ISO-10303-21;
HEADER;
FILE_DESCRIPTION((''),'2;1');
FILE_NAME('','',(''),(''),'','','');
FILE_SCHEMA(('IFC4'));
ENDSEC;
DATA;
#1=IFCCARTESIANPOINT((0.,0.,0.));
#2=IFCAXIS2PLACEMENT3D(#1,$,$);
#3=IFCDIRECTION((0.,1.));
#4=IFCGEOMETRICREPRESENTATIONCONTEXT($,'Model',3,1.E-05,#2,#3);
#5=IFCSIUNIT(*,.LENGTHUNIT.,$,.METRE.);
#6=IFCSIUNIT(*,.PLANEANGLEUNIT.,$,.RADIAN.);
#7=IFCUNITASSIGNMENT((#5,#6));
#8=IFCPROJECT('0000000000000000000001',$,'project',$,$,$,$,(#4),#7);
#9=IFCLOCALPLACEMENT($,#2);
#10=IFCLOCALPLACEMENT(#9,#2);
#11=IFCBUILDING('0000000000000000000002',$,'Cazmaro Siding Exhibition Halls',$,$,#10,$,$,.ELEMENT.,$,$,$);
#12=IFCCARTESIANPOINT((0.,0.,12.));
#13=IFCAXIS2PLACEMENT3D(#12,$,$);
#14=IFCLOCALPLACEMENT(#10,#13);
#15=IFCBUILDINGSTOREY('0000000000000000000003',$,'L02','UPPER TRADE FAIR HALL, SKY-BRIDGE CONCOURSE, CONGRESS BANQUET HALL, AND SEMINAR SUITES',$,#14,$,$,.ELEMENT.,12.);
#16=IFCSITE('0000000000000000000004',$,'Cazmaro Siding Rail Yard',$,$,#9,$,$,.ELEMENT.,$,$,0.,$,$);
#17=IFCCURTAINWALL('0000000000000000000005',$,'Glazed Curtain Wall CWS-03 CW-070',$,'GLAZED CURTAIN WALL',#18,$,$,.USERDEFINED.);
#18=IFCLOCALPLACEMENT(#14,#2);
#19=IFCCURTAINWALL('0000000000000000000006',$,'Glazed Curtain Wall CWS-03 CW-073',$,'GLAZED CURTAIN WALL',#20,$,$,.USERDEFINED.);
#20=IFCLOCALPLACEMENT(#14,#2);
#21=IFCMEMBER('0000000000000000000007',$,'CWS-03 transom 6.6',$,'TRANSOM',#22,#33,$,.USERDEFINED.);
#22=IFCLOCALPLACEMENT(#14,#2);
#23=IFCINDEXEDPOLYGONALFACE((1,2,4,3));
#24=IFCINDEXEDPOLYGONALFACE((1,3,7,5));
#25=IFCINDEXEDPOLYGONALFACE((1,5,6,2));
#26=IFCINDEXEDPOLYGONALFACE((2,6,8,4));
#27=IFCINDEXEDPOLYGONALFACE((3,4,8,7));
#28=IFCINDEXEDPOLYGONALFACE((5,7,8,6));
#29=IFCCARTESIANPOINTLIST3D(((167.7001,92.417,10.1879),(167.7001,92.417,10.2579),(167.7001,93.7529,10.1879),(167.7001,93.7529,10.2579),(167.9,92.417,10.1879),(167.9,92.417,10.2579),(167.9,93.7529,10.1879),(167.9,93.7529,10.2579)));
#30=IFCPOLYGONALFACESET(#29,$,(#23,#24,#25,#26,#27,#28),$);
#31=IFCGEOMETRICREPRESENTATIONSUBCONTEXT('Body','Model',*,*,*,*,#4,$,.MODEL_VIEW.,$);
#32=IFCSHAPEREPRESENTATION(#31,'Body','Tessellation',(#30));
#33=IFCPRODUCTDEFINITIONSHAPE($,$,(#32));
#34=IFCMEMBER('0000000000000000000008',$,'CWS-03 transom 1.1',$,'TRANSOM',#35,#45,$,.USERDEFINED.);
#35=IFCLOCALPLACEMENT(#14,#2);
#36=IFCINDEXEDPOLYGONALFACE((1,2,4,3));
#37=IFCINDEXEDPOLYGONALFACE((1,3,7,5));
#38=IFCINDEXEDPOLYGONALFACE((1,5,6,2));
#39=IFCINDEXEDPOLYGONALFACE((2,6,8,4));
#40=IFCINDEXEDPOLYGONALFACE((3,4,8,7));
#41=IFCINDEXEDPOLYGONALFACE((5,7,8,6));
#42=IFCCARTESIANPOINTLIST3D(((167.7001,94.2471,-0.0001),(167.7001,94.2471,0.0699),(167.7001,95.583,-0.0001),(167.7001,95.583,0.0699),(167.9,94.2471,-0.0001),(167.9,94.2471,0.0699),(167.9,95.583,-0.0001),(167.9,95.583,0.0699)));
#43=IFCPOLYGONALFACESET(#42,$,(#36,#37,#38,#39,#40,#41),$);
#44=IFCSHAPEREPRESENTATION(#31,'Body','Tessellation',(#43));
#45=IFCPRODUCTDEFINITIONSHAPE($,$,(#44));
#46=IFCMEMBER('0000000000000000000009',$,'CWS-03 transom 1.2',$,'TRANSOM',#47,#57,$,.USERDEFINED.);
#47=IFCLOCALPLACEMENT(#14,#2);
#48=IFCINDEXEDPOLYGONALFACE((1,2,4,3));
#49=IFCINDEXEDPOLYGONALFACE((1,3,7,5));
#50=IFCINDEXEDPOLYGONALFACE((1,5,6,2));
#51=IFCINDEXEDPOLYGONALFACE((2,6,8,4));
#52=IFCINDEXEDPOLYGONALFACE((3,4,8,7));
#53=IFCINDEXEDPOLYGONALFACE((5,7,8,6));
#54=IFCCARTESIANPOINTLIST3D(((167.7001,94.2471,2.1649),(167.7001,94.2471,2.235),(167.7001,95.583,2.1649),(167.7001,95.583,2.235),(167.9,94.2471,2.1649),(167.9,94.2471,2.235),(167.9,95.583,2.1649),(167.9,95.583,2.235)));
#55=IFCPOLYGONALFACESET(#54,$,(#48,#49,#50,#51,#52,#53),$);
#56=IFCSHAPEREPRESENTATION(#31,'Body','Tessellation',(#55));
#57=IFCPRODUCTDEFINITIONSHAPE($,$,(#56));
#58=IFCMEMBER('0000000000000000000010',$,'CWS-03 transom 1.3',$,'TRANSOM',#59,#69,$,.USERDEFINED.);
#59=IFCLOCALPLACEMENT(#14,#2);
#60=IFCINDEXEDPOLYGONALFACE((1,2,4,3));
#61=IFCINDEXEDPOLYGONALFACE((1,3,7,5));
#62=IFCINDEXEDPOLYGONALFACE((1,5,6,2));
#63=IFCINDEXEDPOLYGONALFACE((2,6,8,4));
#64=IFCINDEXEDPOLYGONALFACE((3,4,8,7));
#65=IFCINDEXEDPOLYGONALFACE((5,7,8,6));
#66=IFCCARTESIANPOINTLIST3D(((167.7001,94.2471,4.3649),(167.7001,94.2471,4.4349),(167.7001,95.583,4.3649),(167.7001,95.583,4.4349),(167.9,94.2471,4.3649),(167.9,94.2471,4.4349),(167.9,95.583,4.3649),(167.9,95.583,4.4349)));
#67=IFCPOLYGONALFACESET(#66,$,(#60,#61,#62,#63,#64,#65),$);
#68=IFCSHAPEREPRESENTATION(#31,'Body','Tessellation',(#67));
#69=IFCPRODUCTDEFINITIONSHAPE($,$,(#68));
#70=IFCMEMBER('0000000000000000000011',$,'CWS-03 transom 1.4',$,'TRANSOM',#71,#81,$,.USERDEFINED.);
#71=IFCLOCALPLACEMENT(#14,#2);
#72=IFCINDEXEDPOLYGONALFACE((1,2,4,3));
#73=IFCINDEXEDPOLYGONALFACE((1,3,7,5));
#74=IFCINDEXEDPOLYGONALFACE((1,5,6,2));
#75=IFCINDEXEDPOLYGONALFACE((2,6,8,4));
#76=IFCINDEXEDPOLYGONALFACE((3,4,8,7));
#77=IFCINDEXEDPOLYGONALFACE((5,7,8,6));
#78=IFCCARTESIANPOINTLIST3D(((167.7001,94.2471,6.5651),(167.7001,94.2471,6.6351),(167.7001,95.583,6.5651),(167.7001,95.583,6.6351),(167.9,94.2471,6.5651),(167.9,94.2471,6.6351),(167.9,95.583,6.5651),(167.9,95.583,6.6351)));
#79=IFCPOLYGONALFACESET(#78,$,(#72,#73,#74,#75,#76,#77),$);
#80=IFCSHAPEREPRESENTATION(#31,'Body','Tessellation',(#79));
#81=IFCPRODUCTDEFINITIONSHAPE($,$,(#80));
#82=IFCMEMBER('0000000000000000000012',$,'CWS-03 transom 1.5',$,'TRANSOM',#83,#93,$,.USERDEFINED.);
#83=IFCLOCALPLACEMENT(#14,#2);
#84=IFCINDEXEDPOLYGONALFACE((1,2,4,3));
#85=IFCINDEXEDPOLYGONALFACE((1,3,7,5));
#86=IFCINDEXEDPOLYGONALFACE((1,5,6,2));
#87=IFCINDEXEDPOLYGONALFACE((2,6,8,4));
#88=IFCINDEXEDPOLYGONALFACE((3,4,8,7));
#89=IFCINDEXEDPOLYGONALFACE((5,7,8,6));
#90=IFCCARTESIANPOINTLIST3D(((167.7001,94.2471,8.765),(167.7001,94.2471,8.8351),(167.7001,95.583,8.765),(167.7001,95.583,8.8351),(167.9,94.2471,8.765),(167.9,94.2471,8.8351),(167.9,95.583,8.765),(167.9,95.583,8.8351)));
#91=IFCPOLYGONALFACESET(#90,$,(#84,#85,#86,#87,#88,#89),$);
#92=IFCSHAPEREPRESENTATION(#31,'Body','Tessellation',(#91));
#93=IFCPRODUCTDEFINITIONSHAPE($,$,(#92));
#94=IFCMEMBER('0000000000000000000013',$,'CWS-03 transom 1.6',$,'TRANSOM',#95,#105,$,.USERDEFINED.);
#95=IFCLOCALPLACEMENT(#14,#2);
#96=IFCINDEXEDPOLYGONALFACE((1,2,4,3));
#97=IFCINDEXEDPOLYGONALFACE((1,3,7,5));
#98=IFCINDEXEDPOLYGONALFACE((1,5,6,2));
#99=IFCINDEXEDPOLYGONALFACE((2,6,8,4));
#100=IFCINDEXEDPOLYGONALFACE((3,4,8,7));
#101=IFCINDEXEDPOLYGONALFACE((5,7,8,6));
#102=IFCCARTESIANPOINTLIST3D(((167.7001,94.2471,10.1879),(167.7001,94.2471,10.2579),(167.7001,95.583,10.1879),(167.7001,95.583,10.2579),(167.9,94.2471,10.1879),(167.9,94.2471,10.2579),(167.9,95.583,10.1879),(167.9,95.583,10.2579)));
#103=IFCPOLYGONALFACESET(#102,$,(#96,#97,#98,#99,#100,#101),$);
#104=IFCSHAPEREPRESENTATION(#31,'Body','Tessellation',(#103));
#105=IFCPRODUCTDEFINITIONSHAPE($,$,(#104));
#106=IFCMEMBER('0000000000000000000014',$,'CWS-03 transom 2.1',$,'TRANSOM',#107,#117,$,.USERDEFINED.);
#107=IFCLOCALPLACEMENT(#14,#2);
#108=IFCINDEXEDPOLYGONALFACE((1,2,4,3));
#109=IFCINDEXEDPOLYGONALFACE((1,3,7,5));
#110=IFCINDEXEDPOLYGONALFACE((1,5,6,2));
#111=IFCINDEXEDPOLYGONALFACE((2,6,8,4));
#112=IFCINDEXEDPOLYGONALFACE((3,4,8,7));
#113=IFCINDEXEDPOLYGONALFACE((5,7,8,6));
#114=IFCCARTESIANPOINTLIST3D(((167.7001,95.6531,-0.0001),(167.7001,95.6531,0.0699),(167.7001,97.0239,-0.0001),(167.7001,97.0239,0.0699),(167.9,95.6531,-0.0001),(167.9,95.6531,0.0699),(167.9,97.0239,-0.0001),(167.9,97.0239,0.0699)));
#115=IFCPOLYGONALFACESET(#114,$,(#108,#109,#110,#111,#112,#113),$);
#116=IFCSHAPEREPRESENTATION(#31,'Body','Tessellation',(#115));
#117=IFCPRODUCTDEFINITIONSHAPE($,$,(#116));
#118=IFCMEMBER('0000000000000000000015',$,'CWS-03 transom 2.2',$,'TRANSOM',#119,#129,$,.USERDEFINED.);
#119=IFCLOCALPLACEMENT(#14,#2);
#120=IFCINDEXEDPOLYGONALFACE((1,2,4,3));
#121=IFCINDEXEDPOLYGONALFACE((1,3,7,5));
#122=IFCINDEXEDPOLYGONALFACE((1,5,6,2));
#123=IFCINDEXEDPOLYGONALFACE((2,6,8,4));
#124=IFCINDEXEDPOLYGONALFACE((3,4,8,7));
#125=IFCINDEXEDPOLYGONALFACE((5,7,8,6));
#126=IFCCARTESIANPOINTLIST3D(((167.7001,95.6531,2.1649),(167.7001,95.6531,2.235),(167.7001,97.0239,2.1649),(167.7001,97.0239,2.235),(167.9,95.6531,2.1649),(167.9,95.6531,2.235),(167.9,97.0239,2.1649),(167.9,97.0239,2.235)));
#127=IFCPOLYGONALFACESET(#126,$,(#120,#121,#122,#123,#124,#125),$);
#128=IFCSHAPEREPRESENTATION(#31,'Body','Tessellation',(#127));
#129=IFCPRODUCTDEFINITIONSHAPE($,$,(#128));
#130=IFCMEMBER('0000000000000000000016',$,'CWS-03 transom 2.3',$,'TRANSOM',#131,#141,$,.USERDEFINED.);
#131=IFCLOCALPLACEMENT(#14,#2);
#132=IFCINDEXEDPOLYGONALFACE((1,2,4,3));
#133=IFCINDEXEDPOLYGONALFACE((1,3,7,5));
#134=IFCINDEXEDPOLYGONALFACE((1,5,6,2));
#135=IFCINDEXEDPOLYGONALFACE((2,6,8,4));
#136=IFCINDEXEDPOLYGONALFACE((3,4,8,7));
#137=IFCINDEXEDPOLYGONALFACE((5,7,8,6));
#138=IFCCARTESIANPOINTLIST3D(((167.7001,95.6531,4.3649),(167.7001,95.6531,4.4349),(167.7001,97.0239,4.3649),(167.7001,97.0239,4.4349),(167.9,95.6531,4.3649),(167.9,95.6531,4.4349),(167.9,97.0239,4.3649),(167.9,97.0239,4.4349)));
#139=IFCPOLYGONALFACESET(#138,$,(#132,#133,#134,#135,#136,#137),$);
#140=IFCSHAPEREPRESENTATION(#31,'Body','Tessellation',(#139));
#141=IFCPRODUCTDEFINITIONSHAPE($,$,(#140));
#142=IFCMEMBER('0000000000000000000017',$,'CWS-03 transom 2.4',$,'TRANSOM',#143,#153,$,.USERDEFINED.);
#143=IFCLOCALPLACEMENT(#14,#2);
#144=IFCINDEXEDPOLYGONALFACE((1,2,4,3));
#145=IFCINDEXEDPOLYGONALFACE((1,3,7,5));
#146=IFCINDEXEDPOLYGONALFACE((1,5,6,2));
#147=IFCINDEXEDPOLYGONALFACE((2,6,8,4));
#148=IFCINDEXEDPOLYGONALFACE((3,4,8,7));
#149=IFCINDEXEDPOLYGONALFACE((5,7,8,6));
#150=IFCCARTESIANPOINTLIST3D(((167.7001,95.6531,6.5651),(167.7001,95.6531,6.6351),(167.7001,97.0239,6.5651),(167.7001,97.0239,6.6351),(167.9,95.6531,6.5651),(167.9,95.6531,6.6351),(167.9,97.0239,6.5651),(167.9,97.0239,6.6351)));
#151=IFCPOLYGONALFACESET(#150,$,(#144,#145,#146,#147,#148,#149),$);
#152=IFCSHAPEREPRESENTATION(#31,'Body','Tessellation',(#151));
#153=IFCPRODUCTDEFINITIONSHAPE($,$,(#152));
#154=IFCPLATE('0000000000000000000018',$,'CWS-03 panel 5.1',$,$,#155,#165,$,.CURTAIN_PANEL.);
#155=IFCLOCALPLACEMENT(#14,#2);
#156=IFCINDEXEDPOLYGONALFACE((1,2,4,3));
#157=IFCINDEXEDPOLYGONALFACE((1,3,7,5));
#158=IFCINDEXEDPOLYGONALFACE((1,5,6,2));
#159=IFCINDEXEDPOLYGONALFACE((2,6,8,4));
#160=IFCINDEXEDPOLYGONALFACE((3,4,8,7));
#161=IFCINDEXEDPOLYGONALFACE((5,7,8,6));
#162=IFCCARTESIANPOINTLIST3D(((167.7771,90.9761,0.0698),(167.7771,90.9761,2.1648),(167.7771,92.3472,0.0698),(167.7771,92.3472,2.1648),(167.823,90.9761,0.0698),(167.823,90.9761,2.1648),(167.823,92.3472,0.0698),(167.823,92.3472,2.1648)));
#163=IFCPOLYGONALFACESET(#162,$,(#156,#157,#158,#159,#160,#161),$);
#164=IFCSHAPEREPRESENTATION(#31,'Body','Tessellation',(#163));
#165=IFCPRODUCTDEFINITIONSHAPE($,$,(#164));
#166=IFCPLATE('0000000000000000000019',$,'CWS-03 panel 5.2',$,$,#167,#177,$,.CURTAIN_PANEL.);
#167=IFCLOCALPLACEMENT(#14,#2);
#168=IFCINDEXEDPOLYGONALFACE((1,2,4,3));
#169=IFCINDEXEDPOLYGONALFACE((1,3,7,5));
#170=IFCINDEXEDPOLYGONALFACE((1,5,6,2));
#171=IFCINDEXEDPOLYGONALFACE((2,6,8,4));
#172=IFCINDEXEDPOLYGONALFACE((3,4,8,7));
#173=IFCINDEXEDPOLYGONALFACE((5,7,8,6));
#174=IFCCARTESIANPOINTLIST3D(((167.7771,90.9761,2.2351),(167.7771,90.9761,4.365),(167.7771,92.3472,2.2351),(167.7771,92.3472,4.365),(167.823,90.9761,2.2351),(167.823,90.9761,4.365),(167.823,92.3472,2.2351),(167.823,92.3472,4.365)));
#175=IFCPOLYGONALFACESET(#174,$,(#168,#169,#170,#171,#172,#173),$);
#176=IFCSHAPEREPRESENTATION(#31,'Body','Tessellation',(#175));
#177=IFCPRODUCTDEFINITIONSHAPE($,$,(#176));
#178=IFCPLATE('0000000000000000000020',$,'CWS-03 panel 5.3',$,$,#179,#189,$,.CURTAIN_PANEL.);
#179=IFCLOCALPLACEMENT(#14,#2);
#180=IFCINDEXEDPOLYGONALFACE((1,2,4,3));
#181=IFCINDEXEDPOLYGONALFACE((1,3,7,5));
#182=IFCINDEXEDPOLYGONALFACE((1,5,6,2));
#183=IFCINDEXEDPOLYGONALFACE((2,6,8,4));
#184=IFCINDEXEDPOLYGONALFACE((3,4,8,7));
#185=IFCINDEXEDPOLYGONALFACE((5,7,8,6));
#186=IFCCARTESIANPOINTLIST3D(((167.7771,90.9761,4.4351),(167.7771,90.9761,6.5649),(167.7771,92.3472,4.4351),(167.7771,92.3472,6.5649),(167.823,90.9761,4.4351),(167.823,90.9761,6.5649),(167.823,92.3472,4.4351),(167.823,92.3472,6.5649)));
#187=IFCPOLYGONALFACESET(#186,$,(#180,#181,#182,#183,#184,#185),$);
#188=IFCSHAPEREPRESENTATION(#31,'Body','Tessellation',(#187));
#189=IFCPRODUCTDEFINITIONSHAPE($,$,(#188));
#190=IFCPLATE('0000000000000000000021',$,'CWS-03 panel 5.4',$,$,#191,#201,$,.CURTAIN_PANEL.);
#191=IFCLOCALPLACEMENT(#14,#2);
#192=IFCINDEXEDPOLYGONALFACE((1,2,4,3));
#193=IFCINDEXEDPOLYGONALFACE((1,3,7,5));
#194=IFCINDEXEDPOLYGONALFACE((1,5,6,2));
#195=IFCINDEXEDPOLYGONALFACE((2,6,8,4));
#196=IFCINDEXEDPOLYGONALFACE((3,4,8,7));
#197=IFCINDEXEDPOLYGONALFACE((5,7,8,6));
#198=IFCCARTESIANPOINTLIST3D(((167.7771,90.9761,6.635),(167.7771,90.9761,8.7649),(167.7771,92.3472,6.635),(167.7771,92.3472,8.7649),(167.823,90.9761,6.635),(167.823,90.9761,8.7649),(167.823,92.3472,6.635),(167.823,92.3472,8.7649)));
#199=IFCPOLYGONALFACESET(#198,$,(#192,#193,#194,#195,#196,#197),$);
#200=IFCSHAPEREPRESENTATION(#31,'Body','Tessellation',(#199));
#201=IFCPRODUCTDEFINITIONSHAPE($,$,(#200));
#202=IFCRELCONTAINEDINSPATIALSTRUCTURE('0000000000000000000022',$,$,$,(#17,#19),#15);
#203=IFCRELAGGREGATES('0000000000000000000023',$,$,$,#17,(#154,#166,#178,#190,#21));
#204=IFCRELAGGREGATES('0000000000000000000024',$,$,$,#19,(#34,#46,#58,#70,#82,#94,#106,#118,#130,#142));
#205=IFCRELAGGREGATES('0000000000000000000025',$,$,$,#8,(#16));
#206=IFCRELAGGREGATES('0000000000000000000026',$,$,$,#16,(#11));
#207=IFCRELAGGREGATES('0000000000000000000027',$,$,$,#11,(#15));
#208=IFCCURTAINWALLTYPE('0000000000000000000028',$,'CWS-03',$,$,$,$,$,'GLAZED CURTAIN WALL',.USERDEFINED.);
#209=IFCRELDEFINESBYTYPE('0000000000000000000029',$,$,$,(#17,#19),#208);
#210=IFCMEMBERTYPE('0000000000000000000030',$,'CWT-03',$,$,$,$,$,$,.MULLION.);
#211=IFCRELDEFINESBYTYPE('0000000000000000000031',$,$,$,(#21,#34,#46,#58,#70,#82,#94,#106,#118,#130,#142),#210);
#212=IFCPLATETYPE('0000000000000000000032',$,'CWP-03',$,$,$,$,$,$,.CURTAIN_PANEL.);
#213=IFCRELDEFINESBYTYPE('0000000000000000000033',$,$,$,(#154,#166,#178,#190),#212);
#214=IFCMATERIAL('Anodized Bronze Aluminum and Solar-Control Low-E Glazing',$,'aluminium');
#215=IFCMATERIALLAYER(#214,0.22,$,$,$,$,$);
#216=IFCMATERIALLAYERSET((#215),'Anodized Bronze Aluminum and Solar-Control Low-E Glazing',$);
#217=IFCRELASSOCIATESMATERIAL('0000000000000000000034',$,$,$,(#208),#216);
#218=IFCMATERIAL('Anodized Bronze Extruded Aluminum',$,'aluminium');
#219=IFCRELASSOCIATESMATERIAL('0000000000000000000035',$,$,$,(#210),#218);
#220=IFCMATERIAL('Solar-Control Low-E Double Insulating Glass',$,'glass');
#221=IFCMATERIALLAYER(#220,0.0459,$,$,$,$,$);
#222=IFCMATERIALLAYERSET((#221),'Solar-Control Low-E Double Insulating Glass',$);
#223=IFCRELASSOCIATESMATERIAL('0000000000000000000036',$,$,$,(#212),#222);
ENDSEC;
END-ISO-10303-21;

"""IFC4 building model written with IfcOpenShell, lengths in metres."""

from ifc_helpers import new_model, si_unit, direction, frame, origin, origin_2d, place, context, subcontext, project, spatial, rectangle, extrude, material, layer, layer_set, material_profile, profile_set, type_object, element, aggregate, save


model = new_model("IFC4")

# Units and contexts
model_context = context("Model", 3, precision=1e-05, world=origin(), true_north=direction((0.0, 1.0)))
body_context = subcontext(model_context, "Body", "Model", "MODEL_VIEW")
ifc_project = project(units=[si_unit("LENGTHUNIT", "METRE"), si_unit("PLANEANGLEUNIT", "RADIAN")], contexts=[model_context])

# Site, building, storey
site_placement = place(None, origin())
site = spatial("IfcSite", under=ifc_project, at=site_placement, Name="Cazmaro Siding Rail Yard", CompositionType="ELEMENT", RefElevation=0.0)
building_placement = place(site_placement, origin())
building = spatial("IfcBuilding", under=site, at=building_placement, Name="Cazmaro Siding Exhibition Halls", CompositionType="ELEMENT")
storey_placement = place(building_placement, frame((0.0, 0.0, 12.0)))
storey = spatial("IfcBuildingStorey", under=building, at=storey_placement, Name="L02", Description="UPPER TRADE FAIR HALL, SKY-BRIDGE CONCOURSE, CONGRESS BANQUET HALL, AND SEMINAR SUITES", CompositionType="ELEMENT", Elevation=12.0)

# Curtain walls
ifc_material_1 = material(Name="Anodized Bronze Aluminum and Solar-Control Low-E Glazing", Category="aluminium")
ifc_layer_1 = layer(ifc_material_1, 0.22)
ifc_layer_set_1 = layer_set([ifc_layer_1], Name="Anodized Bronze Aluminum and Solar-Control Low-E Glazing")
curtain_wall_type = type_object("IfcCurtainWallType", Name="CWS-03", ElementType="GLAZED CURTAIN WALL", PredefinedType="USERDEFINED", material=ifc_layer_set_1)
curtain_wall_1_placement = place(storey_placement, origin())
curtain_wall_1 = element("IfcCurtainWall", 1, at=curtain_wall_1_placement, inside=storey, type_object=curtain_wall_type, Name="Glazed Curtain Wall CWS-03 CW-070", ObjectType="GLAZED CURTAIN WALL", PredefinedType="USERDEFINED")
curtain_wall_2_placement = place(storey_placement, origin())
curtain_wall_2 = element("IfcCurtainWall", 2, at=curtain_wall_2_placement, inside=storey, type_object=curtain_wall_type, Name="Glazed Curtain Wall CWS-03 CW-073", ObjectType="GLAZED CURTAIN WALL", PredefinedType="USERDEFINED")

# Members
ifc_material_2 = material(Name="Anodized Bronze Extruded Aluminum", Category="aluminium")
ifc_material_profile_1 = material_profile(ifc_material_2, rectangle(XDim=0.2, YDim=0.0701, at=origin_2d()), Name="CWT-03")
ifc_profile_set_1 = profile_set([ifc_material_profile_1], Name="Anodized Bronze Extruded Aluminum")
member_type_1 = type_object("IfcMemberType", Name="CWT-03", PredefinedType="MULLION", material=ifc_profile_set_1)
member_1_placement = place(storey_placement, frame((167.8, 92.417, 10.2229), z_axis=(0.0, 1.0, 0.0), x_axis=(-1.0, 0.0, 0.0)))
member_1 = element("IfcMember", 3, at=member_1_placement, type_object=member_type_1, Name="CWS-03 transom 6.6", ObjectType="TRANSOM", PredefinedType="USERDEFINED", context=body_context, shape_type="SweptSolid", body=[
    extrude(rectangle(XDim=0.2, YDim=0.0701, at=origin_2d()), origin(), (0.0, 0.0, 1.0), 1.3359),
])
member_2_placement = place(storey_placement, frame((167.8, 94.2471, 0.0349), z_axis=(0.0, 1.0, 0.0), x_axis=(-1.0, 0.0, 0.0)))
member_2 = element("IfcMember", 4, at=member_2_placement, type_object=member_type_1, Name="CWS-03 transom 1.1", ObjectType="TRANSOM", PredefinedType="USERDEFINED", context=body_context, shape_type="SweptSolid", body=[
    extrude(rectangle(XDim=0.2, YDim=0.0701, at=origin_2d()), origin(), (0.0, 0.0, 1.0), 1.3359),
])
member_3_placement = place(storey_placement, frame((167.8, 94.2471, 2.2), z_axis=(0.0, 1.0, 0.0), x_axis=(-1.0, 0.0, 0.0)))
member_3 = element("IfcMember", 5, at=member_3_placement, type_object=member_type_1, Name="CWS-03 transom 1.2", ObjectType="TRANSOM", PredefinedType="USERDEFINED", context=body_context, shape_type="SweptSolid", body=[
    extrude(rectangle(XDim=0.2, YDim=0.0701, at=origin_2d()), origin(), (0.0, 0.0, 1.0), 1.3359),
])
member_4_placement = place(storey_placement, frame((167.8, 94.2471, 4.3999), z_axis=(0.0, 1.0, 0.0), x_axis=(-1.0, 0.0, 0.0)))
member_4 = element("IfcMember", 6, at=member_4_placement, type_object=member_type_1, Name="CWS-03 transom 1.3", ObjectType="TRANSOM", PredefinedType="USERDEFINED", context=body_context, shape_type="SweptSolid", body=[
    extrude(rectangle(XDim=0.2, YDim=0.0701, at=origin_2d()), origin(), (0.0, 0.0, 1.0), 1.3359),
])
member_5_placement = place(storey_placement, frame((167.8, 94.2471, 6.6001), z_axis=(0.0, 1.0, 0.0), x_axis=(-1.0, 0.0, 0.0)))
member_5 = element("IfcMember", 7, at=member_5_placement, type_object=member_type_1, Name="CWS-03 transom 1.4", ObjectType="TRANSOM", PredefinedType="USERDEFINED", context=body_context, shape_type="SweptSolid", body=[
    extrude(rectangle(XDim=0.2, YDim=0.0701, at=origin_2d()), origin(), (0.0, 0.0, 1.0), 1.3359),
])
member_6_placement = place(storey_placement, frame((167.8, 94.2471, 8.8), z_axis=(0.0, 1.0, 0.0), x_axis=(-1.0, 0.0, 0.0)))
member_6 = element("IfcMember", 8, at=member_6_placement, type_object=member_type_1, Name="CWS-03 transom 1.5", ObjectType="TRANSOM", PredefinedType="USERDEFINED", context=body_context, shape_type="SweptSolid", body=[
    extrude(rectangle(XDim=0.2, YDim=0.0701, at=origin_2d()), origin(), (0.0, 0.0, 1.0), 1.3359),
])
member_7_placement = place(storey_placement, frame((167.8, 94.2471, 10.2229), z_axis=(0.0, 1.0, 0.0), x_axis=(-1.0, 0.0, 0.0)))
member_7 = element("IfcMember", 9, at=member_7_placement, type_object=member_type_1, Name="CWS-03 transom 1.6", ObjectType="TRANSOM", PredefinedType="USERDEFINED", context=body_context, shape_type="SweptSolid", body=[
    extrude(rectangle(XDim=0.2, YDim=0.0701, at=origin_2d()), origin(), (0.0, 0.0, 1.0), 1.3359),
])
member_8_placement = place(storey_placement, frame((167.8, 95.6531, 0.0349), z_axis=(0.0, 1.0, 0.0), x_axis=(-1.0, 0.0, 0.0)))
member_8 = element("IfcMember", 10, at=member_8_placement, type_object=member_type_1, Name="CWS-03 transom 2.1", ObjectType="TRANSOM", PredefinedType="USERDEFINED", context=body_context, shape_type="SweptSolid", body=[
    extrude(rectangle(XDim=0.2, YDim=0.0701, at=origin_2d()), origin(), (0.0, 0.0, 1.0), 1.3708),
])
member_9_placement = place(storey_placement, frame((167.8, 95.6531, 2.2), z_axis=(0.0, 1.0, 0.0), x_axis=(-1.0, 0.0, 0.0)))
member_9 = element("IfcMember", 11, at=member_9_placement, type_object=member_type_1, Name="CWS-03 transom 2.2", ObjectType="TRANSOM", PredefinedType="USERDEFINED", context=body_context, shape_type="SweptSolid", body=[
    extrude(rectangle(XDim=0.2, YDim=0.0701, at=origin_2d()), origin(), (0.0, 0.0, 1.0), 1.3708),
])
member_10_placement = place(storey_placement, frame((167.8, 95.6531, 4.3999), z_axis=(0.0, 1.0, 0.0), x_axis=(-1.0, 0.0, 0.0)))
member_10 = element("IfcMember", 12, at=member_10_placement, type_object=member_type_1, Name="CWS-03 transom 2.3", ObjectType="TRANSOM", PredefinedType="USERDEFINED", context=body_context, shape_type="SweptSolid", body=[
    extrude(rectangle(XDim=0.2, YDim=0.0701, at=origin_2d()), origin(), (0.0, 0.0, 1.0), 1.3708),
])
member_11_placement = place(storey_placement, frame((167.8, 95.6531, 6.6001), z_axis=(0.0, 1.0, 0.0), x_axis=(-1.0, 0.0, 0.0)))
member_11 = element("IfcMember", 13, at=member_11_placement, type_object=member_type_1, Name="CWS-03 transom 2.4", ObjectType="TRANSOM", PredefinedType="USERDEFINED", context=body_context, shape_type="SweptSolid", body=[
    extrude(rectangle(XDim=0.2, YDim=0.0701, at=origin_2d()), origin(), (0.0, 0.0, 1.0), 1.3708),
])

# Plates
ifc_material_3 = material(Name="Solar-Control Low-E Double Insulating Glass", Category="glass")
ifc_layer_2 = layer(ifc_material_3, 0.0459)
ifc_layer_set_2 = layer_set([ifc_layer_2], Name="Solar-Control Low-E Double Insulating Glass")
plate_type = type_object("IfcPlateType", Name="CWP-03", PredefinedType="CURTAIN_PANEL", material=ifc_layer_set_2)
plate_1_placement = place(storey_placement, frame((167.8, 91.6616, 0.0698), z_axis=(0.0, 0.0, 1.0), x_axis=(0.0, 1.0, 0.0)))
plate_1 = element("IfcPlate", 14, at=plate_1_placement, type_object=plate_type, Name="CWS-03 panel 5.1", PredefinedType="CURTAIN_PANEL", context=body_context, shape_type="SweptSolid", body=[
    extrude(rectangle(XDim=1.3711, YDim=0.0459, at=origin_2d()), origin(), (0.0, 0.0, 1.0), 2.095),
])
plate_2_placement = place(storey_placement, frame((167.8, 91.6616, 2.2351), z_axis=(0.0, 0.0, 1.0), x_axis=(0.0, 1.0, 0.0)))
plate_2 = element("IfcPlate", 15, at=plate_2_placement, type_object=plate_type, Name="CWS-03 panel 5.2", PredefinedType="CURTAIN_PANEL", context=body_context, shape_type="SweptSolid", body=[
    extrude(rectangle(XDim=1.3711, YDim=0.0459, at=origin_2d()), origin(), (0.0, 0.0, 1.0), 2.1299),
])
plate_3_placement = place(storey_placement, frame((167.8, 91.6616, 4.4351), z_axis=(0.0, 0.0, 1.0), x_axis=(0.0, 1.0, 0.0)))
plate_3 = element("IfcPlate", 16, at=plate_3_placement, type_object=plate_type, Name="CWS-03 panel 5.3", PredefinedType="CURTAIN_PANEL", context=body_context, shape_type="SweptSolid", body=[
    extrude(rectangle(XDim=1.3711, YDim=0.0459, at=origin_2d()), origin(), (0.0, 0.0, 1.0), 2.1299),
])
plate_4_placement = place(storey_placement, frame((167.8, 91.6616, 6.635), z_axis=(0.0, 0.0, 1.0), x_axis=(0.0, 1.0, 0.0)))
plate_4 = element("IfcPlate", 17, at=plate_4_placement, type_object=plate_type, Name="CWS-03 panel 5.4", PredefinedType="CURTAIN_PANEL", context=body_context, shape_type="SweptSolid", body=[
    extrude(rectangle(XDim=1.3711, YDim=0.0459, at=origin_2d()), origin(), (0.0, 0.0, 1.0), 2.1299),
])
aggregate(curtain_wall_1, [plate_1, plate_2, plate_3, plate_4, member_1])
aggregate(curtain_wall_2, [member_2, member_3, member_4, member_5, member_6, member_7, member_8, member_9, member_10, member_11])

save(model, "model.ifc")
